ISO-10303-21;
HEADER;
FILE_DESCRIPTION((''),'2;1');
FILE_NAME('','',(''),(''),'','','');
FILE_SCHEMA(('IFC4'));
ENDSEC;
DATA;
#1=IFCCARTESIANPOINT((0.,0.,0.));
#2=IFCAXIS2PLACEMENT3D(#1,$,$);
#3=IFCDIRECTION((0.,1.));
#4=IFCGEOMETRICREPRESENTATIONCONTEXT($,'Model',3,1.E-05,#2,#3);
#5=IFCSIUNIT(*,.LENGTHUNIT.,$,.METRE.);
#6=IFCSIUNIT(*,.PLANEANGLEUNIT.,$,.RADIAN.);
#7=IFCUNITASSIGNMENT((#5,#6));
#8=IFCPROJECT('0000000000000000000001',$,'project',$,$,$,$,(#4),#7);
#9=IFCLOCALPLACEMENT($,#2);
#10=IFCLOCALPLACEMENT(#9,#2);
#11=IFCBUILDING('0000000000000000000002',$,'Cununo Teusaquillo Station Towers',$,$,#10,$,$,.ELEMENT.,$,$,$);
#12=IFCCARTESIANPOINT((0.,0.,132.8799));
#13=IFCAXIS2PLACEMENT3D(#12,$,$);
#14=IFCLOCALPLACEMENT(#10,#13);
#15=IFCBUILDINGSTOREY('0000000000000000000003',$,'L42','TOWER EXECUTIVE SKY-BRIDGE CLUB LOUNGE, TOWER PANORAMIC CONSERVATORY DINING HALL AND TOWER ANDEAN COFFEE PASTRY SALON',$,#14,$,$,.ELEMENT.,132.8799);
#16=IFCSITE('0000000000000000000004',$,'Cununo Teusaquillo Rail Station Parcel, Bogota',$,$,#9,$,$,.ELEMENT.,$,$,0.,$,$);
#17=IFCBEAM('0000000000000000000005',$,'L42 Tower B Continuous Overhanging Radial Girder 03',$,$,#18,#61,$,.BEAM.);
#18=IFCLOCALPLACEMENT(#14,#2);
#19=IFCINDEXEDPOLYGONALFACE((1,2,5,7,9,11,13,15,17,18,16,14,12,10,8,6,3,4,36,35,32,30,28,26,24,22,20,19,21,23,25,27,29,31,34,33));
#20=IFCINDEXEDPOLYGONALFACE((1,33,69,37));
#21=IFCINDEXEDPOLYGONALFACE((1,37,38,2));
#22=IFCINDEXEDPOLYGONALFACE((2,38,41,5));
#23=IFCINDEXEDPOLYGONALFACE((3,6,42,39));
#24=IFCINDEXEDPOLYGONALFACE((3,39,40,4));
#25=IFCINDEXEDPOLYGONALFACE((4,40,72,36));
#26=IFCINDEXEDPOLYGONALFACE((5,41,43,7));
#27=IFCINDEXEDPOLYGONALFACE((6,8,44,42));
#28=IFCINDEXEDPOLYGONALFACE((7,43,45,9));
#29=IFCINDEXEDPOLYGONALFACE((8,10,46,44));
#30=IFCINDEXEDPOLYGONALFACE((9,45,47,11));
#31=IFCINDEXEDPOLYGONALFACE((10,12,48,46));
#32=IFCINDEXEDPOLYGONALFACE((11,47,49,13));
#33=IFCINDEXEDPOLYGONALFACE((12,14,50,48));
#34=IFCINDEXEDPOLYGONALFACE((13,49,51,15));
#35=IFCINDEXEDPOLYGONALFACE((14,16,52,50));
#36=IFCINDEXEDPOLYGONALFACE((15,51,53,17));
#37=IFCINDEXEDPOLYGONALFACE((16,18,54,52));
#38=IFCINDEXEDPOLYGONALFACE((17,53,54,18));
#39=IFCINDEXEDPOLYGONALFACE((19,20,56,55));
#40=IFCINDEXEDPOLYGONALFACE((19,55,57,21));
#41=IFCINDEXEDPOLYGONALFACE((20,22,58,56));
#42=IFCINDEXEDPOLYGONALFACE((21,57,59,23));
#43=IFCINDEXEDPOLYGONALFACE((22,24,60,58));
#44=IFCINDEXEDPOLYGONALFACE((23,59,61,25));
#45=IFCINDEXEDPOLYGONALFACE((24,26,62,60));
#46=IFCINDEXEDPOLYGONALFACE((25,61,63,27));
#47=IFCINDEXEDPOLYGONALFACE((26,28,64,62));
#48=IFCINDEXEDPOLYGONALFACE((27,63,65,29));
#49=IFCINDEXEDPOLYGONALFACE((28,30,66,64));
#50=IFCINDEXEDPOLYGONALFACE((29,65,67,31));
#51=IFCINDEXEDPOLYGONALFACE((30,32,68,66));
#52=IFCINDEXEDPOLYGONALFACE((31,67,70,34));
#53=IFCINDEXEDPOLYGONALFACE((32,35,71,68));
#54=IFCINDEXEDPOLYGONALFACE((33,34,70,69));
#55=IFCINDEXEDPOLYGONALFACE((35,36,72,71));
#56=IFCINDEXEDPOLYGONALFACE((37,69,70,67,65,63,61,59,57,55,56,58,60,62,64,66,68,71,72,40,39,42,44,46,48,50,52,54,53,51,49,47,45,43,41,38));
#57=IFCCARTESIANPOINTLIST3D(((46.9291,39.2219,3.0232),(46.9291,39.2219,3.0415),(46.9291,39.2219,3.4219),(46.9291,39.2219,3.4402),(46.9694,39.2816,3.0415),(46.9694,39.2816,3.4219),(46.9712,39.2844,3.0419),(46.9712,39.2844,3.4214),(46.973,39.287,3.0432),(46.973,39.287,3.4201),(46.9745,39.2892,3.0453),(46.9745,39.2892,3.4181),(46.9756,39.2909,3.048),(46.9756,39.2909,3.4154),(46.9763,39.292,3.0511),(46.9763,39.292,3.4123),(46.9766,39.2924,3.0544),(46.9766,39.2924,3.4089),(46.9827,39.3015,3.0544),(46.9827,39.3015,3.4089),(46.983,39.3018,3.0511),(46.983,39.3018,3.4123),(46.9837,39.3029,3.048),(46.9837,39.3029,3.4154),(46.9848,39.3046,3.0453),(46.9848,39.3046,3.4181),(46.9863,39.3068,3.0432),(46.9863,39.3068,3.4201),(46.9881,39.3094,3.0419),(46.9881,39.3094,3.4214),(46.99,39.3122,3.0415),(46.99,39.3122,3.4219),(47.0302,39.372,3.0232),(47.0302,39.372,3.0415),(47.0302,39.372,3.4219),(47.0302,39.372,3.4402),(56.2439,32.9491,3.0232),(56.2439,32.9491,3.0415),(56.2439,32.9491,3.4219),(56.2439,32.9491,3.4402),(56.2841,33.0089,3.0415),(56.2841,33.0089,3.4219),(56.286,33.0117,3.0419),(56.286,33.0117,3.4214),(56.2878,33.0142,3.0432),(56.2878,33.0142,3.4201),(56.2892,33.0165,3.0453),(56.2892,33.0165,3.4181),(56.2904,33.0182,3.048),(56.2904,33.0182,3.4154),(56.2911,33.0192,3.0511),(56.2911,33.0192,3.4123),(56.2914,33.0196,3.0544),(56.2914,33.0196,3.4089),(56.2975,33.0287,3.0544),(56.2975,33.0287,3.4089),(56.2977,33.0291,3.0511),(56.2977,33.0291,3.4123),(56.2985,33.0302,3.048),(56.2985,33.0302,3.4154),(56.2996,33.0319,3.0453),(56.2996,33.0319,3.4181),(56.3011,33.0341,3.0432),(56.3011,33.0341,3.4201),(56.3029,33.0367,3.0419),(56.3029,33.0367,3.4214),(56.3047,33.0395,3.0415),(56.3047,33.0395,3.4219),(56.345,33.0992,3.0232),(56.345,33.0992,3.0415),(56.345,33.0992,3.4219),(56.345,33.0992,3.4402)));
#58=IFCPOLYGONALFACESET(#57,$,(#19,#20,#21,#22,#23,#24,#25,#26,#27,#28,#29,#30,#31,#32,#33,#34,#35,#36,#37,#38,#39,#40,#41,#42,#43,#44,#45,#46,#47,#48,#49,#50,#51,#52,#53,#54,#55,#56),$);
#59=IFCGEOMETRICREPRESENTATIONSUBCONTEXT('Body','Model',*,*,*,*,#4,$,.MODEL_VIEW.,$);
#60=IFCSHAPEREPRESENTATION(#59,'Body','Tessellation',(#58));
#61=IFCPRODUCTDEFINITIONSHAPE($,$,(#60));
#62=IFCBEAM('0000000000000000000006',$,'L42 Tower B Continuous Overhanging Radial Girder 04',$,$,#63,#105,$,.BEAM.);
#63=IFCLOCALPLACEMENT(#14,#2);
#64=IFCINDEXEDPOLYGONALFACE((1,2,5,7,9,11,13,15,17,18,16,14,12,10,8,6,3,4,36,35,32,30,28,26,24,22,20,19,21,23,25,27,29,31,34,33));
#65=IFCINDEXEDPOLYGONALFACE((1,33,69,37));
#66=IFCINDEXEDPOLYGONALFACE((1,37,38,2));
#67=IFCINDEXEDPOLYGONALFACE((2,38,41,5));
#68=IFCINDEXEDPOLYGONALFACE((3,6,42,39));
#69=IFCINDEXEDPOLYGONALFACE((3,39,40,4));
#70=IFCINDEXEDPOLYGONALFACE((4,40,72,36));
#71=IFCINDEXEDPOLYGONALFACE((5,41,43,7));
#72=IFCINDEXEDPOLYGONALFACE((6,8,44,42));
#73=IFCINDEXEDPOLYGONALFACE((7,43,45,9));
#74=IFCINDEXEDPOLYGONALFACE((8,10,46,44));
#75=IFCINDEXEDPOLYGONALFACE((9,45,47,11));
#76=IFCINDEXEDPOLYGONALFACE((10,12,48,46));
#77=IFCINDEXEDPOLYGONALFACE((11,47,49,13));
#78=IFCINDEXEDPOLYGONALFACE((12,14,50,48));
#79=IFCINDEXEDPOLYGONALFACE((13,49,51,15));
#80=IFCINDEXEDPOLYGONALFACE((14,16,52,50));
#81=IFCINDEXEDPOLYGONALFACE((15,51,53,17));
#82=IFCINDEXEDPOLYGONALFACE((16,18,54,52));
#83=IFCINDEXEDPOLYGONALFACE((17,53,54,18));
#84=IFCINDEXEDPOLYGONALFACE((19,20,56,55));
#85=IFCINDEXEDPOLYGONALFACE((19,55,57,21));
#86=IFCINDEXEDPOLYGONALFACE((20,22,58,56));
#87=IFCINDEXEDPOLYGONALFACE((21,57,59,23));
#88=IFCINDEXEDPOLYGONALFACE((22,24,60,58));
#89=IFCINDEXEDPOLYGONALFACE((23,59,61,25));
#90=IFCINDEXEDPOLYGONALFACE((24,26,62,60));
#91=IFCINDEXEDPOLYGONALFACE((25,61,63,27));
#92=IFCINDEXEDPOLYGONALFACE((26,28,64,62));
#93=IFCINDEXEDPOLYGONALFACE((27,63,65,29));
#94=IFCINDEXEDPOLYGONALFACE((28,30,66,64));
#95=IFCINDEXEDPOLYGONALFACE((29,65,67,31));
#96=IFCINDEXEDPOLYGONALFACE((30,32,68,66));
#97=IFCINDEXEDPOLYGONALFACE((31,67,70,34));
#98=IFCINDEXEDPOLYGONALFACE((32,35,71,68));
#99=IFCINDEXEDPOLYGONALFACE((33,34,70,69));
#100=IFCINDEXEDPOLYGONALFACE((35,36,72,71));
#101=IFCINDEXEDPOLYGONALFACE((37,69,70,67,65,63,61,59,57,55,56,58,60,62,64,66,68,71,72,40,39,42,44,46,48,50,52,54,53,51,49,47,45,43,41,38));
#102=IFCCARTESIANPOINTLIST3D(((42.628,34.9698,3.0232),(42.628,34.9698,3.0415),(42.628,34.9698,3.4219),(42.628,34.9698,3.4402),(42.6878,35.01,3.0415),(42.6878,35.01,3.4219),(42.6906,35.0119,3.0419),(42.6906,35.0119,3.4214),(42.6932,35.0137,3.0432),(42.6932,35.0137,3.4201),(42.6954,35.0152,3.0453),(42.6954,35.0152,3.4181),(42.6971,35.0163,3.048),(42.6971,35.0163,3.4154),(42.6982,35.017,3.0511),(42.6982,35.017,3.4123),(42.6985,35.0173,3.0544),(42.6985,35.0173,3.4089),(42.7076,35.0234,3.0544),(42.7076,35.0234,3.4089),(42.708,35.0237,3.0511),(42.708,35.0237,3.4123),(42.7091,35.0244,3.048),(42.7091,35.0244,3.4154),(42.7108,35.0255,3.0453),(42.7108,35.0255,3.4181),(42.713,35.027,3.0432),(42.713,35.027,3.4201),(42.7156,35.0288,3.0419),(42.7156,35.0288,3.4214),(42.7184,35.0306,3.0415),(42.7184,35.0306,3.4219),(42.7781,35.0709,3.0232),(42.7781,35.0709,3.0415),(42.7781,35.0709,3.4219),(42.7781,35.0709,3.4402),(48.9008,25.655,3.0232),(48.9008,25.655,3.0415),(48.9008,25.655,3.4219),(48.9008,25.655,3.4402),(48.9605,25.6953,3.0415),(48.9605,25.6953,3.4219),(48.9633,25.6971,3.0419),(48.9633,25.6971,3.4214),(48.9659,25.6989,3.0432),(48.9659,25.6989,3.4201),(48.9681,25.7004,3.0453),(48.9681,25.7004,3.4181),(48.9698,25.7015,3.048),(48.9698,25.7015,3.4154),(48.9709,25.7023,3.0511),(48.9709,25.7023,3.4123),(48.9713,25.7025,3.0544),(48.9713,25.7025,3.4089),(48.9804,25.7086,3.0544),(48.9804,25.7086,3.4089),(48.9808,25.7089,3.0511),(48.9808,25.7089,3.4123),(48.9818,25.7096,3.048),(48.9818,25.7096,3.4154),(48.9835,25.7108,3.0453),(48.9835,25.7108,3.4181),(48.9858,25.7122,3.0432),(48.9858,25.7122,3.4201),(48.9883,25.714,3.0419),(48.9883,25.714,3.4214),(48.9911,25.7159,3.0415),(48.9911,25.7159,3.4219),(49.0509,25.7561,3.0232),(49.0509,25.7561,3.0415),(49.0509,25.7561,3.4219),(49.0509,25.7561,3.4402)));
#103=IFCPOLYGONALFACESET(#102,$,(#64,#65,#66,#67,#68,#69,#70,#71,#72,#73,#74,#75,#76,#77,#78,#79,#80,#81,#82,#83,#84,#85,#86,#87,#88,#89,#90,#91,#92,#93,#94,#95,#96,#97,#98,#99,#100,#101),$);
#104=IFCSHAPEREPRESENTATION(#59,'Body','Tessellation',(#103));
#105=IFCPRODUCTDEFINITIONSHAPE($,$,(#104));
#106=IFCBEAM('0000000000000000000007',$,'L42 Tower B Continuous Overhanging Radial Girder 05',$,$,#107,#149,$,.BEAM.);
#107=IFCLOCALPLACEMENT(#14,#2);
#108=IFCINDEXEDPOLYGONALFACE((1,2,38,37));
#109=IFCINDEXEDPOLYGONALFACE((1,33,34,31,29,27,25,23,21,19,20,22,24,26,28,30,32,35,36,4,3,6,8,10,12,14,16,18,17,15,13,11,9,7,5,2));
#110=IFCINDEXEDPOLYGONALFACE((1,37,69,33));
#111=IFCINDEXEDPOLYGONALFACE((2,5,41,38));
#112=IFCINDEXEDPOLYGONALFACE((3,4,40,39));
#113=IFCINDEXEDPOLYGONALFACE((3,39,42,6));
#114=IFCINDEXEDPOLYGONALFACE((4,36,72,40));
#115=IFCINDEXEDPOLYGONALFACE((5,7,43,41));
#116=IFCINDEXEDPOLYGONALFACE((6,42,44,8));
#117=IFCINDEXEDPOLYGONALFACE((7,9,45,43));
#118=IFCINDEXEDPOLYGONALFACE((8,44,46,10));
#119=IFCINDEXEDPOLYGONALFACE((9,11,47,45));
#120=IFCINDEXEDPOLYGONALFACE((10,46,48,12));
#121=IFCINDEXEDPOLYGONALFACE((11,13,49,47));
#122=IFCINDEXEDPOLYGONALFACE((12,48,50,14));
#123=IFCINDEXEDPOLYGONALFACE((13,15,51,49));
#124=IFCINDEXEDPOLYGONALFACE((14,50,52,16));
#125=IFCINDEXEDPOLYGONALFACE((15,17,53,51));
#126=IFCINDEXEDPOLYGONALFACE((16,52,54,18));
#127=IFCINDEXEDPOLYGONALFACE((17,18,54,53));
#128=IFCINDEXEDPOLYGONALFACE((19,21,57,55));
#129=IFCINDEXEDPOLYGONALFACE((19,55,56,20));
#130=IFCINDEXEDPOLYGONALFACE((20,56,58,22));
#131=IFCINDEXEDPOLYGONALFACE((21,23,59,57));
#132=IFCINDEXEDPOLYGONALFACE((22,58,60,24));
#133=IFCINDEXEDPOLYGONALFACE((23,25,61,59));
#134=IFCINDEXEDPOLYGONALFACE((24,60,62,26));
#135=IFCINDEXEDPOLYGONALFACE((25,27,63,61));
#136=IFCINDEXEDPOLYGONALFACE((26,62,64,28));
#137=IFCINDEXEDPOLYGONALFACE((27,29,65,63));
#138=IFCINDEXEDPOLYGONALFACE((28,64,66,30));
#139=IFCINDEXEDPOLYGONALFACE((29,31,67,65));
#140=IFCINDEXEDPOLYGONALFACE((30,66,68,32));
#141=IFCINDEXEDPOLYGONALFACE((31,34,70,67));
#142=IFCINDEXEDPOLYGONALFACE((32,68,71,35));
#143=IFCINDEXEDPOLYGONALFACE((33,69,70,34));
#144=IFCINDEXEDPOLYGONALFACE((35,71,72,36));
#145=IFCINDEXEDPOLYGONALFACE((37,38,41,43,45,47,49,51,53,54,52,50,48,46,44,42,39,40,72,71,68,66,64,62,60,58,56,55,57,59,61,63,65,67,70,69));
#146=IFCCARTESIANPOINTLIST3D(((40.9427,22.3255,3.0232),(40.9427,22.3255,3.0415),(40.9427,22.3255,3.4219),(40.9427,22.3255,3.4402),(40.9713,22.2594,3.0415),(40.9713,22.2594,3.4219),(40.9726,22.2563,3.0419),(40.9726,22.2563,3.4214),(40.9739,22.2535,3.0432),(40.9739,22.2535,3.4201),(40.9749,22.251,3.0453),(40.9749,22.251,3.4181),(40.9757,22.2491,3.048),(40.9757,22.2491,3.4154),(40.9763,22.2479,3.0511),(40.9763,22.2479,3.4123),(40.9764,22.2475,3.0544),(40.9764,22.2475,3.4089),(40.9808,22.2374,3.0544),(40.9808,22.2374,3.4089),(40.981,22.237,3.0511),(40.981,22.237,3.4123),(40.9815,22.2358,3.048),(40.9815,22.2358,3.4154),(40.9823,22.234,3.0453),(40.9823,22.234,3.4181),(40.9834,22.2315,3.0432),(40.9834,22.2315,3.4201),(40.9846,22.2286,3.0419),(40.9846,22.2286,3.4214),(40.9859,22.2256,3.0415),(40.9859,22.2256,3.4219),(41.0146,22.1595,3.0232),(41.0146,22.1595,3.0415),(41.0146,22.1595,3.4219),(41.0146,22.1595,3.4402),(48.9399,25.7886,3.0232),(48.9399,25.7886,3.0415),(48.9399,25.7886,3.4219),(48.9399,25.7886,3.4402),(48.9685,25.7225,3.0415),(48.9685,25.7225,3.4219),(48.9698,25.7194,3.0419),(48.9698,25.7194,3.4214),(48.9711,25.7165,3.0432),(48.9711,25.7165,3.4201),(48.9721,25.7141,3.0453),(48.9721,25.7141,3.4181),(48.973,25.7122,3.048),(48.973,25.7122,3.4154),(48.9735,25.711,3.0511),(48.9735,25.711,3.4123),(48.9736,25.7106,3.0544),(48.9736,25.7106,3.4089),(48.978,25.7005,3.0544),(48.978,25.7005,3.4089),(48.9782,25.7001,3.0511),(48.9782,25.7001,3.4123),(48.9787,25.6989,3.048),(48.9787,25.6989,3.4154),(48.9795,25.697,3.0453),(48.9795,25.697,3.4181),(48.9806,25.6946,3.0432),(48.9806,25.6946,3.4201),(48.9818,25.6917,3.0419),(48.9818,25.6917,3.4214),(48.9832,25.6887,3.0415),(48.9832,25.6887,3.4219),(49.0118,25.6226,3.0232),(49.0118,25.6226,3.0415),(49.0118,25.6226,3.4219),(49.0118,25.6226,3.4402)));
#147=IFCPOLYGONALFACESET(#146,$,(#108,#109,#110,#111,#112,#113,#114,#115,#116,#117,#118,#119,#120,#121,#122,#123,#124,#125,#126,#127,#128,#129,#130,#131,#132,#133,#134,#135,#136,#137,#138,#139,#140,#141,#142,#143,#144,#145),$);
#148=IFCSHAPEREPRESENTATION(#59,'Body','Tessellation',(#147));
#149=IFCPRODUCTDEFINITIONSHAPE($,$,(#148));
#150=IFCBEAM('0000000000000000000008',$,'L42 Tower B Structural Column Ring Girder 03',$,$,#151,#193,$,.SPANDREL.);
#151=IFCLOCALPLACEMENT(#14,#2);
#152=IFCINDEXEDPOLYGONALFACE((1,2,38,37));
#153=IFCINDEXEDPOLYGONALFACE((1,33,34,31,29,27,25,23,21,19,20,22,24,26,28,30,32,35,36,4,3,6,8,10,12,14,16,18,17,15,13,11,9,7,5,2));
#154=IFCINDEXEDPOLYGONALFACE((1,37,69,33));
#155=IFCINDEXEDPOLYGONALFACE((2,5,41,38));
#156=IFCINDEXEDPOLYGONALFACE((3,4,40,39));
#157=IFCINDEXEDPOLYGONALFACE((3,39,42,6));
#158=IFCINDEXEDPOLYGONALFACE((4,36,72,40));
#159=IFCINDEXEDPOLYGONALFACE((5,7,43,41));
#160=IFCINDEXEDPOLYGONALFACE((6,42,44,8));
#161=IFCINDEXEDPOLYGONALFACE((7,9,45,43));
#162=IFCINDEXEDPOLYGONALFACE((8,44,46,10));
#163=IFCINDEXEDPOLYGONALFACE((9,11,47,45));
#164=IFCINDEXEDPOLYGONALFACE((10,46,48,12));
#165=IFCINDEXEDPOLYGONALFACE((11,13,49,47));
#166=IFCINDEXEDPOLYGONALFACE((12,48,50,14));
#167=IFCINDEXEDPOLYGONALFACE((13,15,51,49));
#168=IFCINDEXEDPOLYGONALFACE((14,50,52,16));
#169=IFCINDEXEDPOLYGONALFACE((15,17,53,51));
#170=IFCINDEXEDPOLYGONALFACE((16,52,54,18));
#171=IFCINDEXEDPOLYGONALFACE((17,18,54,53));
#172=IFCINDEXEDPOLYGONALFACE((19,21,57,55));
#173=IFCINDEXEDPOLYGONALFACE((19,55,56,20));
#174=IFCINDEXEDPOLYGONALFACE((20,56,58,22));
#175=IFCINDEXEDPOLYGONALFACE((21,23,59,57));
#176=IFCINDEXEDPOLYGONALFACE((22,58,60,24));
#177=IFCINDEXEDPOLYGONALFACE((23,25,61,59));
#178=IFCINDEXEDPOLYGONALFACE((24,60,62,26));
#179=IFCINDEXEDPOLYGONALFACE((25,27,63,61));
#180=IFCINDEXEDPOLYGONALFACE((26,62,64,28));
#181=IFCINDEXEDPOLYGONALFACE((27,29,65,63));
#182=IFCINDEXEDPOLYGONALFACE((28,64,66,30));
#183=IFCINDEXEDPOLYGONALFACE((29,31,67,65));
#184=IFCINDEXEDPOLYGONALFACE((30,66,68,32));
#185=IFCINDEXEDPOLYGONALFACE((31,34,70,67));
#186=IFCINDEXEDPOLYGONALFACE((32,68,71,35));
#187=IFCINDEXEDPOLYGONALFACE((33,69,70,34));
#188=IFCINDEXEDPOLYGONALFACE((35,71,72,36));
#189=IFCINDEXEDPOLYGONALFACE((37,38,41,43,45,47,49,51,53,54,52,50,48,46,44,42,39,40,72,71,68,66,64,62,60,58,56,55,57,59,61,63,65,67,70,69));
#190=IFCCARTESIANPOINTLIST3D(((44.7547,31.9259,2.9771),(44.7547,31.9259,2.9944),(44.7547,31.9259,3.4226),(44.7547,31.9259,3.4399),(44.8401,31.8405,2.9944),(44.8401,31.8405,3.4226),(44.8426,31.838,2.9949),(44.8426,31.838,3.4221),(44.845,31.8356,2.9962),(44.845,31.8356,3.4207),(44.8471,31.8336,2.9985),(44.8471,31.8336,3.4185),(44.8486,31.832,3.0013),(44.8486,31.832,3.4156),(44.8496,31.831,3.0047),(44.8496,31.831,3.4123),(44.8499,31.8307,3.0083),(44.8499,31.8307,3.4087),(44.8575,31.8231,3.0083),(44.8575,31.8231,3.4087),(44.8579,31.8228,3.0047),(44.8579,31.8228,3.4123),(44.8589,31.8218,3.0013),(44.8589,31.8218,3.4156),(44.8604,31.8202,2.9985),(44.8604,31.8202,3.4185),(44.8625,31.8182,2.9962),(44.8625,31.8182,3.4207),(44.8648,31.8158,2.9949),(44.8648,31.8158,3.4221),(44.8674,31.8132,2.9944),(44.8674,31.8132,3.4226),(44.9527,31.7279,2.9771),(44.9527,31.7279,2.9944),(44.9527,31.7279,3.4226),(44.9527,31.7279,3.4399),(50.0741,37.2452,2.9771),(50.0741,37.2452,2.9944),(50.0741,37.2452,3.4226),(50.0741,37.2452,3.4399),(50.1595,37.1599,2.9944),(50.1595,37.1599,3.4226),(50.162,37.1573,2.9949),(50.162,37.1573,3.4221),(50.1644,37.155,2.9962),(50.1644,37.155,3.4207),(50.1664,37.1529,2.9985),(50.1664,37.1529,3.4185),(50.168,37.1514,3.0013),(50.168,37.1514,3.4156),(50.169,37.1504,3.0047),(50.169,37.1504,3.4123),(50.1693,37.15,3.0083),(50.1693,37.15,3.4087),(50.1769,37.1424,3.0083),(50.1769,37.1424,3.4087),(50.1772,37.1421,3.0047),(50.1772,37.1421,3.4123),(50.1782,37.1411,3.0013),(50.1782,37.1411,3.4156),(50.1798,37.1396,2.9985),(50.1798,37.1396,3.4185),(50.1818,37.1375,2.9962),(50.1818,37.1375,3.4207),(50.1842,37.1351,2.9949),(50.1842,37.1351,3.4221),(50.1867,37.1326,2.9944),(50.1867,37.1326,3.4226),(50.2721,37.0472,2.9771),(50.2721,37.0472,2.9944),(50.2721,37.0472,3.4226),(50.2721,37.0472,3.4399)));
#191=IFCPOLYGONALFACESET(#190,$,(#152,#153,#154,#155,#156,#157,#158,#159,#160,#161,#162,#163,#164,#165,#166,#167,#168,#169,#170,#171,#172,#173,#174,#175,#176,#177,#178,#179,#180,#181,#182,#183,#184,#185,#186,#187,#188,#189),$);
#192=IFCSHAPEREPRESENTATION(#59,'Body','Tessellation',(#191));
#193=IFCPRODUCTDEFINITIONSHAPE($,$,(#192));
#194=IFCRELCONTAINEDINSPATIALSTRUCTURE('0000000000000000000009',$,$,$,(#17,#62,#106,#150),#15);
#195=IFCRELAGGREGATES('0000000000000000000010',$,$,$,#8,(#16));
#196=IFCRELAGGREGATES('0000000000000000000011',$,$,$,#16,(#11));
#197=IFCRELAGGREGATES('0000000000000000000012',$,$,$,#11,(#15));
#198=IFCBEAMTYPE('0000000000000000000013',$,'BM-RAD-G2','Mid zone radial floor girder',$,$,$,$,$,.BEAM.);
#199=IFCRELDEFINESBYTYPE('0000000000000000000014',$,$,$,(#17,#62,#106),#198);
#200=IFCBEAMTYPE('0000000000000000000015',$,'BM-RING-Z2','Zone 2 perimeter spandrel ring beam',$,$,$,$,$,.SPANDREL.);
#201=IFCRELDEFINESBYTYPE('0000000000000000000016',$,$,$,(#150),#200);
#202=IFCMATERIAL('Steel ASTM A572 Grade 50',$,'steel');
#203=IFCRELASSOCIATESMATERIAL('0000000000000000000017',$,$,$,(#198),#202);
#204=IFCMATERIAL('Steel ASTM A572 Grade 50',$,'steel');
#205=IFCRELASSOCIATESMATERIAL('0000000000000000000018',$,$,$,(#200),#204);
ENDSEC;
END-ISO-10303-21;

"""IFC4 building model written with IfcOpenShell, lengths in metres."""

from ifc_helpers import new_model, si_unit, direction, frame, origin, origin_2d, place, context, subcontext, project, spatial, i_section, extrude, material, material_profile, profile_set, type_object, element, save


model = new_model("IFC4")

# Units and contexts
model_context = context("Model", 3, precision=1e-05, world=origin(), true_north=direction((0.0, 1.0)))
body_context = subcontext(model_context, "Body", "Model", "MODEL_VIEW")
ifc_project = project(units=[si_unit("LENGTHUNIT", "METRE"), si_unit("PLANEANGLEUNIT", "RADIAN")], contexts=[model_context])

# Site, building, storey
site_placement = place(None, origin())
site = spatial("IfcSite", under=ifc_project, at=site_placement, Name="Cununo Teusaquillo Rail Station Parcel, Bogota", CompositionType="ELEMENT", RefElevation=0.0)
building_placement = place(site_placement, origin())
building = spatial("IfcBuilding", under=site, at=building_placement, Name="Cununo Teusaquillo Station Towers", CompositionType="ELEMENT")
storey_placement = place(building_placement, frame((0.0, 0.0, 132.8799)))
storey = spatial("IfcBuildingStorey", under=building, at=storey_placement, Name="L42", Description="TOWER EXECUTIVE SKY-BRIDGE CLUB LOUNGE, TOWER PANORAMIC CONSERVATORY DINING HALL AND TOWER ANDEAN COFFEE PASTRY SALON", CompositionType="ELEMENT", Elevation=132.8799)

# Beams
ifc_material_1 = material(Name="Steel ASTM A572 Grade 50", Category="steel")
ifc_material_profile_1 = material_profile(ifc_material_1, i_section(OverallWidth=0.1809, OverallDepth=0.417, WebThickness=0.011, FlangeThickness=0.0183, FilletRadius=0.0129, at=origin_2d()), Name="W16X57")
ifc_profile_set_1 = profile_set([ifc_material_profile_1], Name="Steel ASTM A572 Grade 50")
beam_type_1 = type_object("IfcBeamType", Name="BM-RAD-G2", Description="Mid zone radial floor girder", PredefinedType="BEAM", material=ifc_profile_set_1)
for number, where, z_axis, x_axis, name in (
    (1, (56.2944, 33.0242, 3.2317), (-0.829456, 0.558572, 0.0), (-0.558572, -0.829456, 0.0), "L42 Tower B Continuous Overhanging Radial Girder 03"),
    (2, (48.9758, 25.7056, 3.2317), (-0.558572, 0.829456, 0.0), (-0.829456, -0.558572, 0.0), "L42 Tower B Continuous Overhanging Radial Girder 04"),
):
    element("IfcBeam", number, at=place(storey_placement, frame(where, z_axis=z_axis, x_axis=x_axis)), inside=storey, type_object=beam_type_1, Name=name, PredefinedType="BEAM", context=body_context, shape_type="SweptSolid", body=[
        extrude(i_section(OverallWidth=0.1809, OverallDepth=0.417, WebThickness=0.011, FlangeThickness=0.0183, FilletRadius=0.0129, at=origin_2d()), origin(), (0.0, 0.0, 1.0), 11.23),
    ])
beam_1_placement = place(storey_placement, frame((48.9758, 25.7056, 3.2317), z_axis=(-0.917655, -0.397379, 0.0), x_axis=(0.397379, -0.917655, 0.0)))
element("IfcBeam", 3, at=beam_1_placement, inside=storey, type_object=beam_type_1, Name="L42 Tower B Continuous Overhanging Radial Girder 05", PredefinedType="BEAM", context=body_context, shape_type="SweptSolid", body=[
    extrude(i_section(OverallWidth=0.1809, OverallDepth=0.417, WebThickness=0.011, FlangeThickness=0.0183, FilletRadius=0.0129, at=origin_2d()), origin(), (0.0, 0.0, 1.0), 8.7148),
])
ifc_material_2 = material(Name="Steel ASTM A572 Grade 50", Category="steel")
ifc_material_profile_2 = material_profile(ifc_material_2, i_section(OverallWidth=0.28, OverallDepth=0.4629, WebThickness=0.0107, FlangeThickness=0.0173, FilletRadius=0.0139, at=origin_2d()), Name="W18X76")
ifc_profile_set_2 = profile_set([ifc_material_profile_2], Name="Steel ASTM A572 Grade 50")
beam_type_2 = type_object("IfcBeamType", Name="BM-RING-Z2", Description="Zone 2 perimeter spandrel ring beam", PredefinedType="SPANDREL", material=ifc_profile_set_2)
beam_2_placement = place(storey_placement, frame((50.1731, 37.1462, 3.2085), z_axis=(-0.707107, -0.707107, 0.0), x_axis=(0.707107, -0.707107, 0.0)))
element("IfcBeam", 4, at=beam_2_placement, inside=storey, type_object=beam_type_2, Name="L42 Tower B Structural Column Ring Girder 03", PredefinedType="SPANDREL", context=body_context, shape_type="SweptSolid", body=[
    extrude(i_section(OverallWidth=0.28, OverallDepth=0.4629, WebThickness=0.0107, FlangeThickness=0.0173, FilletRadius=0.0139, at=origin_2d()), origin(), (0.0, 0.0, 1.0), 7.5227),
])

save(model, "model.ifc")
